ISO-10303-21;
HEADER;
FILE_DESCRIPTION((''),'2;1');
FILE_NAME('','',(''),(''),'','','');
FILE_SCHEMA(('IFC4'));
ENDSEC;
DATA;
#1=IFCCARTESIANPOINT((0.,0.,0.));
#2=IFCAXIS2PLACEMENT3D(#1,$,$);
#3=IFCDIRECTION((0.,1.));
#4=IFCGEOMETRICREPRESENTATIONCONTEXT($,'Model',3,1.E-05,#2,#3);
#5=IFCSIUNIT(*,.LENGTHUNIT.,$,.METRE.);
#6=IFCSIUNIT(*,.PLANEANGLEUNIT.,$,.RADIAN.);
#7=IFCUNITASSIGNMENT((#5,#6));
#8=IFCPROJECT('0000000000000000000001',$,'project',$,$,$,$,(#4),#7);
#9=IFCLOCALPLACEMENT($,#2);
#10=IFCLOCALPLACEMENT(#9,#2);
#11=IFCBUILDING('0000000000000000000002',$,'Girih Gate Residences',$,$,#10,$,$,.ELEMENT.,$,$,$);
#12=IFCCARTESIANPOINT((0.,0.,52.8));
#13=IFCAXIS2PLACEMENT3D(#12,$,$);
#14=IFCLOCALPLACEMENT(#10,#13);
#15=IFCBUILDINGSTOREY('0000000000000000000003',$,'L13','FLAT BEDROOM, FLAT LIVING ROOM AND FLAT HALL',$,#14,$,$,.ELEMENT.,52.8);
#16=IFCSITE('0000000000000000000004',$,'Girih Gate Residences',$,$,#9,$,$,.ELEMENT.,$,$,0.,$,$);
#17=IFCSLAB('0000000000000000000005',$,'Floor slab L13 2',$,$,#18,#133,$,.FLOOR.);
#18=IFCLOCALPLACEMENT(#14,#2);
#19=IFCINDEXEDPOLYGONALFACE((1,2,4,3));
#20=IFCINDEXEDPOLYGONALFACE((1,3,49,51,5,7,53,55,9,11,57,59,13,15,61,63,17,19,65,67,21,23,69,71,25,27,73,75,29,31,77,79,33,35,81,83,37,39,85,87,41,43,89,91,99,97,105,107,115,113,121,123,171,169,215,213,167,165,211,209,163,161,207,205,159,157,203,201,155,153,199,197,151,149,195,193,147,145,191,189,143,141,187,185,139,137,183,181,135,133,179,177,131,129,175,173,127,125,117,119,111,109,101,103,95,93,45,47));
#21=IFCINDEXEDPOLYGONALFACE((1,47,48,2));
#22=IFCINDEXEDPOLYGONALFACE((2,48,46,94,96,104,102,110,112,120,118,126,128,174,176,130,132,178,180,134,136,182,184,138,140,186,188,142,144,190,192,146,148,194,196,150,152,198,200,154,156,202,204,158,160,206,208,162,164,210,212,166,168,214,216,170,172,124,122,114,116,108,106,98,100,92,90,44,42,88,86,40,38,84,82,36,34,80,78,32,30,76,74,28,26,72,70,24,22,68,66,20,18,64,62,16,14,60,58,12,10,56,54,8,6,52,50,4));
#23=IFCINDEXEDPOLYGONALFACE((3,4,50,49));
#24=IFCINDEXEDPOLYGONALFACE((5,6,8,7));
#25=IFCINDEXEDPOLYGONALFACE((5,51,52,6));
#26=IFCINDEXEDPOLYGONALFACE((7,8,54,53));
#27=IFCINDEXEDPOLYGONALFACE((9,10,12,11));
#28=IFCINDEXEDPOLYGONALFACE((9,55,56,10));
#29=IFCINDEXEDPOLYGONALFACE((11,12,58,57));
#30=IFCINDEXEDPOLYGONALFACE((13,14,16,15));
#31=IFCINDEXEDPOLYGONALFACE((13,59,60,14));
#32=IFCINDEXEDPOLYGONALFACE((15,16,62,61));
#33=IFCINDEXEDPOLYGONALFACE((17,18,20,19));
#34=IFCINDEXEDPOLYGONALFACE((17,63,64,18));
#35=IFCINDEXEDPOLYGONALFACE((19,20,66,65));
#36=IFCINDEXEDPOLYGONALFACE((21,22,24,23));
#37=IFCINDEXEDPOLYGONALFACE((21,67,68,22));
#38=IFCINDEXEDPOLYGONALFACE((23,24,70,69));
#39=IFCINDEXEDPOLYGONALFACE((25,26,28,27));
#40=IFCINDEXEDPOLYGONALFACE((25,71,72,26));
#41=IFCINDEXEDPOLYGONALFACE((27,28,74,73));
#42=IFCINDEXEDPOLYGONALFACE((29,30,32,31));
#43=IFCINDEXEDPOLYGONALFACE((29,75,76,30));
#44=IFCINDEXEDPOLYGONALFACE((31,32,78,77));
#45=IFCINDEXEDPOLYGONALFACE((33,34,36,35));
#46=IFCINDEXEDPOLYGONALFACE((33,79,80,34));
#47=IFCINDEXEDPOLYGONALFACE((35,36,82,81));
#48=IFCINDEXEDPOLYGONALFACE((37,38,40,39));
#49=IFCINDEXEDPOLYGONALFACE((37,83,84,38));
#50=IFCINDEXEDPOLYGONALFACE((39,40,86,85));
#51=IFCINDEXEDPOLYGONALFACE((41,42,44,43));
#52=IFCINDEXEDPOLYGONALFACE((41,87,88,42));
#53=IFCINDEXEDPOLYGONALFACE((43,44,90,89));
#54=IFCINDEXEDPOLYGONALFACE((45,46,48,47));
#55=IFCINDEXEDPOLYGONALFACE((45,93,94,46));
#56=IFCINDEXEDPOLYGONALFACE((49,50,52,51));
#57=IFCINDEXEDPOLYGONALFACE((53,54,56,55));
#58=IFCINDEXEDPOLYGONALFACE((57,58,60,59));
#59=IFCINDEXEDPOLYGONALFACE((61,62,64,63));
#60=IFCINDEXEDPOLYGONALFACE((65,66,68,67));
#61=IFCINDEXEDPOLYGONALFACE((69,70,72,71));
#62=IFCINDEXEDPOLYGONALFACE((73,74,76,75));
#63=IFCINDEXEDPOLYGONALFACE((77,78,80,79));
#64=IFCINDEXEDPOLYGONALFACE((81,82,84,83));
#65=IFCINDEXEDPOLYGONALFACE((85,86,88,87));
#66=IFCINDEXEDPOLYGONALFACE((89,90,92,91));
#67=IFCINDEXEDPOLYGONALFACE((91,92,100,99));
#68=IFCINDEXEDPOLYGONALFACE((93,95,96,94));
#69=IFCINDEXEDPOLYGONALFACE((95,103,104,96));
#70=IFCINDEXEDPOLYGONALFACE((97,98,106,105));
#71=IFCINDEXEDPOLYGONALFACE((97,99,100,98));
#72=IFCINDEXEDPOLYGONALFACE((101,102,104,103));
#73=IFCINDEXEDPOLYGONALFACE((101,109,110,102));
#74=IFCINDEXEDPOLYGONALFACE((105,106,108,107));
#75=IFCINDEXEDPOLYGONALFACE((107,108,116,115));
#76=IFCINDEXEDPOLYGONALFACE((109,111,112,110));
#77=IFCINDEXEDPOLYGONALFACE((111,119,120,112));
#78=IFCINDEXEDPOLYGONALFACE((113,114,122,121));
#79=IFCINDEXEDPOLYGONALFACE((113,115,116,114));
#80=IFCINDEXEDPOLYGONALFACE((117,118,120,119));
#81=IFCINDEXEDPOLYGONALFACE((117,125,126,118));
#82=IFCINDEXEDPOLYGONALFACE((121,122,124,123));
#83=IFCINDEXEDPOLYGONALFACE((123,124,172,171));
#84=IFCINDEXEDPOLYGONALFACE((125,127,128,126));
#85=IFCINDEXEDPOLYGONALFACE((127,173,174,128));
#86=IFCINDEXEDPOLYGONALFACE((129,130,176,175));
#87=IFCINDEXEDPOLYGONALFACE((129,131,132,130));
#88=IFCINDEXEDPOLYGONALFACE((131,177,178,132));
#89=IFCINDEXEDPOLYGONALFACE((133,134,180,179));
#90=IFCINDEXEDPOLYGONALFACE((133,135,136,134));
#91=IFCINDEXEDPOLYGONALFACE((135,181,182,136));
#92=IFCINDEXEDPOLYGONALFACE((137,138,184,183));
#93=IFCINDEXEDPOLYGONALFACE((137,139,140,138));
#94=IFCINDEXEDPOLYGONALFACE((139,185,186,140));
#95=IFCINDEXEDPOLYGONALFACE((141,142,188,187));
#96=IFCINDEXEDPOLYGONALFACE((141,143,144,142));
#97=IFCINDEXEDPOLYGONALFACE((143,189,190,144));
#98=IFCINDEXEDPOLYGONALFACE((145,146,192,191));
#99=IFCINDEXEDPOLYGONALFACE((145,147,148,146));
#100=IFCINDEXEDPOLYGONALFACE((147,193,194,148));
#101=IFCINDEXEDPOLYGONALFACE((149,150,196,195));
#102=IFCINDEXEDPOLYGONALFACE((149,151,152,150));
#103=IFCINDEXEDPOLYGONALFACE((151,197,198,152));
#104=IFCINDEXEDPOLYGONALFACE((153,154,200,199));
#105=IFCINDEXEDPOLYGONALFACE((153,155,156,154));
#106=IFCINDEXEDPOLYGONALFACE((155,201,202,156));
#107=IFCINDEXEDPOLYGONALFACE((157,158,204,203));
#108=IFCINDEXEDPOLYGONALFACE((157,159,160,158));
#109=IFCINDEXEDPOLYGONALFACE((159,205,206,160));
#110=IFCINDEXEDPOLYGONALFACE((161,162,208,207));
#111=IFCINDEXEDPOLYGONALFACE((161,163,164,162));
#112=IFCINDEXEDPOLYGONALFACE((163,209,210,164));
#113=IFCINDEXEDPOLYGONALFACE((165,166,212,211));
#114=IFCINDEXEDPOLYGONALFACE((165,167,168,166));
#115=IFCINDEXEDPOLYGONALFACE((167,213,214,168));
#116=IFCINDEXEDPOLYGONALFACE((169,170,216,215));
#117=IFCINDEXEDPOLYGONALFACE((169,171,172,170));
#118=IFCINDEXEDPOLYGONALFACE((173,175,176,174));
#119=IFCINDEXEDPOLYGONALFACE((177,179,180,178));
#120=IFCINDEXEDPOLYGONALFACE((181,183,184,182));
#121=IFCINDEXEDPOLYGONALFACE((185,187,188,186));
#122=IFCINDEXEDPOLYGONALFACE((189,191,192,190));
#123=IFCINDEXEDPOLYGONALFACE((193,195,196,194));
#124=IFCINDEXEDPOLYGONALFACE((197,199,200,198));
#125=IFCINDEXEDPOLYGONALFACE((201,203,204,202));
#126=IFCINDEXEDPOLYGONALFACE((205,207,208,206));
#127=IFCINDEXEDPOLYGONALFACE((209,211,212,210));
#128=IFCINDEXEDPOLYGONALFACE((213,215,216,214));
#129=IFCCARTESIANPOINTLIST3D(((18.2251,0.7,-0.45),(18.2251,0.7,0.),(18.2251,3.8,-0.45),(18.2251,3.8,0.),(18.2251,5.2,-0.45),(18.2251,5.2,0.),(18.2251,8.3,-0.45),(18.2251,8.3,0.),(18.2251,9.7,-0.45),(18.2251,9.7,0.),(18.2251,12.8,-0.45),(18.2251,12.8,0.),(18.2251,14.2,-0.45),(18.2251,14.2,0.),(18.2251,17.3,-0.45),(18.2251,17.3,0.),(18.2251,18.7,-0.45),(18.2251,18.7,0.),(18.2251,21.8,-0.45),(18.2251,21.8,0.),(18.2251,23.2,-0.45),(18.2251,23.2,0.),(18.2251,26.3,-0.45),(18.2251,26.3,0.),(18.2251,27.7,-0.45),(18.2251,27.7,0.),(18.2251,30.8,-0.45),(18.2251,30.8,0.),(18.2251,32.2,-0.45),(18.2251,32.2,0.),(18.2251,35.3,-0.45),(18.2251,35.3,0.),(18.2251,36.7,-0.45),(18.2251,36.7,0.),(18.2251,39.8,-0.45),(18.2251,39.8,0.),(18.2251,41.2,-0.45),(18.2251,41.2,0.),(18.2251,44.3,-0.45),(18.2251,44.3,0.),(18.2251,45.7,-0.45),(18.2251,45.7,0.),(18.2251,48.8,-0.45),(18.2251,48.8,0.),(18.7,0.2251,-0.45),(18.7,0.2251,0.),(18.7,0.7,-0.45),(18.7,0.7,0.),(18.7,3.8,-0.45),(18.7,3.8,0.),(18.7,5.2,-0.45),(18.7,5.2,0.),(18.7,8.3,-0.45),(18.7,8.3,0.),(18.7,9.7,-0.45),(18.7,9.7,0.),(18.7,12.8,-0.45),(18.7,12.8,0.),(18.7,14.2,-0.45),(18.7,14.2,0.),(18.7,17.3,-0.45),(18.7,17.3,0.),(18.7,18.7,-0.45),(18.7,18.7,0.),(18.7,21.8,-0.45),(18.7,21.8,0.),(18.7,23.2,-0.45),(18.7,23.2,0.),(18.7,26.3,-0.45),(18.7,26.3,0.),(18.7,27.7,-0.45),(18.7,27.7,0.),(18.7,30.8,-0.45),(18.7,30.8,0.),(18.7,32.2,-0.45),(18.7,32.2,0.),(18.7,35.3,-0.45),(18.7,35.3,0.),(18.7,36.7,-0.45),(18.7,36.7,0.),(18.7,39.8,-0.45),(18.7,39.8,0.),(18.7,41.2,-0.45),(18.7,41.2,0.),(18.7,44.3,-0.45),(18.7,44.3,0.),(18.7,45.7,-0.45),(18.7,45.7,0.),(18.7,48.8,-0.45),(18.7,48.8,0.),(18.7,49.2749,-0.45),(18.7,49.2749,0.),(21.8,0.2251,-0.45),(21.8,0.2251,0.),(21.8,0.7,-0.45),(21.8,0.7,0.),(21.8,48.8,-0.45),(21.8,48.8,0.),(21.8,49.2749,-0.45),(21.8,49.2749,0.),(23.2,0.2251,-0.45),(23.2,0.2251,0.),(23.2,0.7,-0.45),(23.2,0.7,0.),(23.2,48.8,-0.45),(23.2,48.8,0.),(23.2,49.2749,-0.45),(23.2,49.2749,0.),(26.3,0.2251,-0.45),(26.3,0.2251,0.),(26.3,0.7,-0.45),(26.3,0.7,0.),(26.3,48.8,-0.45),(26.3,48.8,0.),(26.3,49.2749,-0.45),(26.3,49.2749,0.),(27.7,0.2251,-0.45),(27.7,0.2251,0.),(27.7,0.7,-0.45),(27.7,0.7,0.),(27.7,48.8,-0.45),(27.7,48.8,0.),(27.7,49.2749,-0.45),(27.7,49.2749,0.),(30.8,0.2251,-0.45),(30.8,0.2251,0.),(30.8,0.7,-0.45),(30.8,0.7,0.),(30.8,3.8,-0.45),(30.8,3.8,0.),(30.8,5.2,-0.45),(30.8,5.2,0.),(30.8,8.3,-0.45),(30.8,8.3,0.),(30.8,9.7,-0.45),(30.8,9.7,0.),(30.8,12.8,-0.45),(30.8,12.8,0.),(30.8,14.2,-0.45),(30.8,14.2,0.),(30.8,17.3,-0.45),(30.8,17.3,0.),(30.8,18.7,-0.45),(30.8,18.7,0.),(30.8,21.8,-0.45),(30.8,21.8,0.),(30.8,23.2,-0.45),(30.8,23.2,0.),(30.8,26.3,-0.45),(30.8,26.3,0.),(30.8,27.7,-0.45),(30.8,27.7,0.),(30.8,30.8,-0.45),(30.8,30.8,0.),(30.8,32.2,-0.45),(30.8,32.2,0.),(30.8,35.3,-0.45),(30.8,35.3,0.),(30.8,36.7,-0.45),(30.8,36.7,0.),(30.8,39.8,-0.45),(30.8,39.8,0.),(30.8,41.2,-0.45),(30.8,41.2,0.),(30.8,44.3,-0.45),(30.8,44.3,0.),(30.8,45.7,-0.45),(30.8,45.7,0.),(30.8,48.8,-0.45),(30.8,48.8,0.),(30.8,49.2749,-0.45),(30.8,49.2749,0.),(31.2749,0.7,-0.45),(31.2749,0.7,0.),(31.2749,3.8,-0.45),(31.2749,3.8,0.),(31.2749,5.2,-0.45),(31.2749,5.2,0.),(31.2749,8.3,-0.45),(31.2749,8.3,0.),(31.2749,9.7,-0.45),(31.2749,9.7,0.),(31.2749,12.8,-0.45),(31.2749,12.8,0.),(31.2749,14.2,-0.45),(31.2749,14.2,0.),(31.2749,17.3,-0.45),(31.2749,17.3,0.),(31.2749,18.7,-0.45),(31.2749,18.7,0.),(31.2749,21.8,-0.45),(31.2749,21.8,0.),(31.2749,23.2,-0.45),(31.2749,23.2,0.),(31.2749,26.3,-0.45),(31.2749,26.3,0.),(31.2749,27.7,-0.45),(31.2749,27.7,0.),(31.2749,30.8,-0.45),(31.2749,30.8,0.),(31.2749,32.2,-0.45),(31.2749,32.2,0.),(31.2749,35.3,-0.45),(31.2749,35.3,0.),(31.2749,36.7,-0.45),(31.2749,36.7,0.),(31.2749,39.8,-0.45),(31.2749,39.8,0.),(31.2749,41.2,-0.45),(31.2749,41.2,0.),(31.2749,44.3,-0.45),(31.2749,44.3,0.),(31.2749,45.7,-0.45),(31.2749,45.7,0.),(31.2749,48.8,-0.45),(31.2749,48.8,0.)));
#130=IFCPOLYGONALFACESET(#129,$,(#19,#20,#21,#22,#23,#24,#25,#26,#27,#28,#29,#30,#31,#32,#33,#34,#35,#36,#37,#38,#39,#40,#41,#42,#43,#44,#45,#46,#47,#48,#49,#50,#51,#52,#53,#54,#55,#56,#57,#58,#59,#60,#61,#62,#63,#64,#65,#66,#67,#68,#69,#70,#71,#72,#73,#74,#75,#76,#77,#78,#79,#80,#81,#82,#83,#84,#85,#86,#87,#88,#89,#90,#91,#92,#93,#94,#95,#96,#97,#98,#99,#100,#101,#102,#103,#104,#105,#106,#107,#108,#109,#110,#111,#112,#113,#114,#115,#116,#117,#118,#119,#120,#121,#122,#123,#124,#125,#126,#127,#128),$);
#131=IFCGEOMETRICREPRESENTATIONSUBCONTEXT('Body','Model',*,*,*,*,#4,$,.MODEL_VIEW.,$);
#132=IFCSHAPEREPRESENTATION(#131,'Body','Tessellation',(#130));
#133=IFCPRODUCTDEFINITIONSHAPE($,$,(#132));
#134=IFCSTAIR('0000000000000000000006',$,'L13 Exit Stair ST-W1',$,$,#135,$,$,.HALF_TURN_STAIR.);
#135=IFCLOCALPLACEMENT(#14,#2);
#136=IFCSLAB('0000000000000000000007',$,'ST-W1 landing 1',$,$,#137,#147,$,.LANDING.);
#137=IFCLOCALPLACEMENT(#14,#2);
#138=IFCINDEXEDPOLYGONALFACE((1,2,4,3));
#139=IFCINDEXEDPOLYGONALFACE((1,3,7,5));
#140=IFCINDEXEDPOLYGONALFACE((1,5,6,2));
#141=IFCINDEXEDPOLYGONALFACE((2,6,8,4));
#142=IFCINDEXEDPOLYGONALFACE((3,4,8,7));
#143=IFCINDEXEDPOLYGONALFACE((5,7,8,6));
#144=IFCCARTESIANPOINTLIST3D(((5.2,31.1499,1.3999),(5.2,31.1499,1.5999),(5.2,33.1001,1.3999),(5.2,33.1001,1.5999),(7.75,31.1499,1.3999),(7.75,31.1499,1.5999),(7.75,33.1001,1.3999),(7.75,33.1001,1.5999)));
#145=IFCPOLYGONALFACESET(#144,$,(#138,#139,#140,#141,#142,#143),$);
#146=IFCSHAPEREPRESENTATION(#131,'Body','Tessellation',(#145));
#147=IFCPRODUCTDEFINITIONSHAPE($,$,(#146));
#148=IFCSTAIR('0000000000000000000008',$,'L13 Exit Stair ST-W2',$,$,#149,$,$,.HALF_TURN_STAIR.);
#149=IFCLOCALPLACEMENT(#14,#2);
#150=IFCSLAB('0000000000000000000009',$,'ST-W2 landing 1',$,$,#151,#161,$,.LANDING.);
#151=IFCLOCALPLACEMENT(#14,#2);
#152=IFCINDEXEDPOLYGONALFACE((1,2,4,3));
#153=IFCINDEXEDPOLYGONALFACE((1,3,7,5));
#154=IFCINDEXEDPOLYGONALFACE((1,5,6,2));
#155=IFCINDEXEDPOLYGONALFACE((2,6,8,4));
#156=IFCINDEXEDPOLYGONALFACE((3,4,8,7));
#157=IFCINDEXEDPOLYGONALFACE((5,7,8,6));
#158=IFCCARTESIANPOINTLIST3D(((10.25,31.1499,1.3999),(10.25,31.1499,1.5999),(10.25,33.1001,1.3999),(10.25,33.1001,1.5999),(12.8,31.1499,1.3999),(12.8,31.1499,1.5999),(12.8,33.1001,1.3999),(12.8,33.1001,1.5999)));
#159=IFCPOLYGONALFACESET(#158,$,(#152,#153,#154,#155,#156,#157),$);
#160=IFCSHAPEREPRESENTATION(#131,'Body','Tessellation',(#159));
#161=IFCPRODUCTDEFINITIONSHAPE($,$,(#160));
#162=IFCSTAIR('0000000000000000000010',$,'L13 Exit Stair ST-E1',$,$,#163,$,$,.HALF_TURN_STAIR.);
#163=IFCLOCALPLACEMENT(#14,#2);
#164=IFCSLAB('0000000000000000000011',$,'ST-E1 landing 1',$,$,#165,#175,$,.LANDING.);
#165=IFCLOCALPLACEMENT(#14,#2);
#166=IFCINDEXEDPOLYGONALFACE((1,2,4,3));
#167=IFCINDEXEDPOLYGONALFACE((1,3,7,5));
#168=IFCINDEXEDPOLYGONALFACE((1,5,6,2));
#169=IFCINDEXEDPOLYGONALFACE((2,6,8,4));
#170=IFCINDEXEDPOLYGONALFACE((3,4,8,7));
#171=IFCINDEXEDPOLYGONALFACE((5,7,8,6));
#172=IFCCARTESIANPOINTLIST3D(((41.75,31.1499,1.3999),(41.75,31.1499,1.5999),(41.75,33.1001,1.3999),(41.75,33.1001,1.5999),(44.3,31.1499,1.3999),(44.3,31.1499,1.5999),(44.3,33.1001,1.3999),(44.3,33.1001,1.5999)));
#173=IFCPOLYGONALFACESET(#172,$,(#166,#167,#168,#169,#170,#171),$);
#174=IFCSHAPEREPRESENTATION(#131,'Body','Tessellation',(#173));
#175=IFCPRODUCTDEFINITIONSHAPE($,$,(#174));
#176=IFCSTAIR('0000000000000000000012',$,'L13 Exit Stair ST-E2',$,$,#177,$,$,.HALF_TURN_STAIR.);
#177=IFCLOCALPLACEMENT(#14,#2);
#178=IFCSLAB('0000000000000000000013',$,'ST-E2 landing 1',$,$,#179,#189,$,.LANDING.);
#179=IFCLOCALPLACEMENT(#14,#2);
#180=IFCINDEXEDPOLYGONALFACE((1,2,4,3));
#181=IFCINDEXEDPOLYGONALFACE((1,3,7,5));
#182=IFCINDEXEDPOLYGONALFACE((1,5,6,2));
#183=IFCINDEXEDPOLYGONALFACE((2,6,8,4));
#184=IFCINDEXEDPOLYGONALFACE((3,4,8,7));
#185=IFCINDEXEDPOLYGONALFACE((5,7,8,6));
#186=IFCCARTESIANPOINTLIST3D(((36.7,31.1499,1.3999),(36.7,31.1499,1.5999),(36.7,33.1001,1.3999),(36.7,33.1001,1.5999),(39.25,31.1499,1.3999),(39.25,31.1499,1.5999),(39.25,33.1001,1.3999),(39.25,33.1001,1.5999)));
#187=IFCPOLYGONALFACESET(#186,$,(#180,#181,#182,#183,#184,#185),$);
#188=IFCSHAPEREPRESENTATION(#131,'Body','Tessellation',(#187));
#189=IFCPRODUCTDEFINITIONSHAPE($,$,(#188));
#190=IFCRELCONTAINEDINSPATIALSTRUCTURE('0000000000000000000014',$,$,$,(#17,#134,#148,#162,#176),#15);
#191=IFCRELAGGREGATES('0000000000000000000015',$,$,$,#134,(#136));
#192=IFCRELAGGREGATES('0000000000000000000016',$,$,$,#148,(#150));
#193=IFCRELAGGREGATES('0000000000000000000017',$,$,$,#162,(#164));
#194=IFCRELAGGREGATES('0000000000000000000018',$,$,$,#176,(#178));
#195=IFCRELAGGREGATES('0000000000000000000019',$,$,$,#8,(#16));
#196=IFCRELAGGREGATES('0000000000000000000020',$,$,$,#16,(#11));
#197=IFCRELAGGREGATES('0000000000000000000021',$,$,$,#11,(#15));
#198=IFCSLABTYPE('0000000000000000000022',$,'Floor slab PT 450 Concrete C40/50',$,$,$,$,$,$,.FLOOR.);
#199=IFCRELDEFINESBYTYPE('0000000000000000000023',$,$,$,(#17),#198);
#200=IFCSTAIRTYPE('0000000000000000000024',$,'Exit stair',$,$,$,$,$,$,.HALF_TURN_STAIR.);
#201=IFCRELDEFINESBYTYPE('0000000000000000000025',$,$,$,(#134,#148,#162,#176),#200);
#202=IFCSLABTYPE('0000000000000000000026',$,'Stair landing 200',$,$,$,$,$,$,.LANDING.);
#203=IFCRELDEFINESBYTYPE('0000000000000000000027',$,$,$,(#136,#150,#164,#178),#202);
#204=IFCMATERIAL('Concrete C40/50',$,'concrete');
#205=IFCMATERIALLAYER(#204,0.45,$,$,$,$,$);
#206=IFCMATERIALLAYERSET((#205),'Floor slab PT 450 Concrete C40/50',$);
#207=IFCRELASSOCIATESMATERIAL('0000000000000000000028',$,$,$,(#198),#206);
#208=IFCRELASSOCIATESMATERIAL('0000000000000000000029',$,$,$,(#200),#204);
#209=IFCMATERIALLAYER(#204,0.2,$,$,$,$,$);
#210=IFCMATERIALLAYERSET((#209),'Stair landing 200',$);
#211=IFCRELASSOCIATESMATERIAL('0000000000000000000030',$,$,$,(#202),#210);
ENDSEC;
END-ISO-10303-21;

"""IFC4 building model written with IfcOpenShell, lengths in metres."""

from ifc_helpers import new_model, si_unit, direction, frame, origin, place, context, subcontext, project, spatial, polyline, outline, extrude, material, layer, layer_set, type_object, element, aggregate, save


model = new_model("IFC4")

# Units and contexts
model_context = context("Model", 3, precision=1e-05, world=origin(), true_north=direction((0.0, 1.0)))
body_context = subcontext(model_context, "Body", "Model", "MODEL_VIEW")
ifc_project = project(units=[si_unit("LENGTHUNIT", "METRE"), si_unit("PLANEANGLEUNIT", "RADIAN")], contexts=[model_context])

# Site, building, storey
site_placement = place(None, origin())
site = spatial("IfcSite", under=ifc_project, at=site_placement, Name="Girih Gate Residences", CompositionType="ELEMENT", RefElevation=0.0)
building_placement = place(site_placement, origin())
building = spatial("IfcBuilding", under=site, at=building_placement, Name="Girih Gate Residences", CompositionType="ELEMENT")
storey_placement = place(building_placement, frame((0.0, 0.0, 52.8)))
storey = spatial("IfcBuildingStorey", under=building, at=storey_placement, Name="L13", Description="FLAT BEDROOM, FLAT LIVING ROOM AND FLAT HALL", CompositionType="ELEMENT", Elevation=52.8)

# Slab
ifc_material_1 = material(Name="Concrete C40/50", Category="concrete")
ifc_layer_1 = layer(ifc_material_1, 0.45)
ifc_layer_set_1 = layer_set([ifc_layer_1], Name="Floor slab PT 450 Concrete C40/50")
slab_type_1 = type_object("IfcSlabType", Name="Floor slab PT 450 Concrete C40/50", PredefinedType="FLOOR", material=ifc_layer_set_1)
slab_1_placement = place(storey_placement, frame((0.0, 0.0, -0.45)))
element("IfcSlab", 1, at=slab_1_placement, inside=storey, type_object=slab_type_1, Name="Floor slab L13 2", PredefinedType="FLOOR", context=body_context, shape_type="SweptSolid", body=[
    extrude(outline(polyline([(21.8, 49.2749), (18.7, 49.2749), (18.7, 48.8), (18.2251, 48.8), (18.2251, 45.7), (18.7, 45.7), (18.7, 44.3), (18.2251, 44.3), (18.2251, 41.2), (18.7, 41.2), (18.7, 39.8), (18.2251, 39.8), (18.2251, 36.7), (18.7, 36.7), (18.7, 35.3), (18.2251, 35.3), (18.2251, 32.2), (18.7, 32.2), (18.7, 30.8), (18.2251, 30.8), (18.2251, 27.7), (18.7, 27.7), (18.7, 26.3), (18.2251, 26.3), (18.2251, 23.2), (18.7, 23.2), (18.7, 21.8), (18.2251, 21.8), (18.2251, 18.7), (18.7, 18.7), (18.7, 17.3), (18.2251, 17.3), (18.2251, 14.2), (18.7, 14.2), (18.7, 12.8), (18.2251, 12.8), (18.2251, 9.7), (18.7, 9.7), (18.7, 8.3), (18.2251, 8.3), (18.2251, 5.2), (18.7, 5.2), (18.7, 3.8), (18.2251, 3.8), (18.2251, 0.7), (18.7, 0.7), (18.7, 0.2251), (21.8, 0.2251), (21.8, 0.7), (23.2, 0.7), (23.2, 0.2251), (26.3, 0.2251), (26.3, 0.7), (27.7, 0.7), (27.7, 0.2251), (30.8, 0.2251), (30.8, 0.7), (31.2749, 0.7), (31.2749, 3.8), (30.8, 3.8), (30.8, 5.2), (31.2749, 5.2), (31.2749, 8.3), (30.8, 8.3), (30.8, 9.7), (31.2749, 9.7), (31.2749, 12.8), (30.8, 12.8), (30.8, 14.2), (31.2749, 14.2), (31.2749, 17.3), (30.8, 17.3), (30.8, 18.7), (31.2749, 18.7), (31.2749, 21.8), (30.8, 21.8), (30.8, 23.2), (31.2749, 23.2), (31.2749, 26.3), (30.8, 26.3), (30.8, 27.7), (31.2749, 27.7), (31.2749, 30.8), (30.8, 30.8), (30.8, 32.2), (31.2749, 32.2), (31.2749, 35.3), (30.8, 35.3), (30.8, 36.7), (31.2749, 36.7), (31.2749, 39.8), (30.8, 39.8), (30.8, 41.2), (31.2749, 41.2), (31.2749, 44.3), (30.8, 44.3), (30.8, 45.7), (31.2749, 45.7), (31.2749, 48.8), (30.8, 48.8), (30.8, 49.2749), (27.7, 49.2749), (27.7, 48.8), (26.3, 48.8), (26.3, 49.2749), (23.2, 49.2749), (23.2, 48.8), (21.8, 48.8), (21.8, 49.2749)])), origin(), (0.0, 0.0, 1.0), 0.45),
])

# Stairs, slabs
stair_type = type_object("IfcStairType", Name="Exit stair", PredefinedType="HALF_TURN_STAIR", material=ifc_material_1)
stair_1_placement = place(storey_placement, origin())
stair_1 = element("IfcStair", 2, at=stair_1_placement, inside=storey, type_object=stair_type, Name="L13 Exit Stair ST-W1", PredefinedType="HALF_TURN_STAIR")
ifc_layer_2 = layer(ifc_material_1, 0.2)
ifc_layer_set_2 = layer_set([ifc_layer_2], Name="Stair landing 200")
slab_type_2 = type_object("IfcSlabType", Name="Stair landing 200", PredefinedType="LANDING", material=ifc_layer_set_2)
slab_2_placement = place(storey_placement, frame((0.0, 0.0, 1.3999)))
slab_2 = element("IfcSlab", 3, at=slab_2_placement, type_object=slab_type_2, Name="ST-W1 landing 1", PredefinedType="LANDING", context=body_context, shape_type="SweptSolid", body=[
    extrude(outline(polyline([(7.75, 31.1499), (7.75, 33.1001), (5.2, 33.1001), (5.2, 31.1499), (7.75, 31.1499)])), origin(), (0.0, 0.0, 1.0), 0.2),
])
aggregate(stair_1, [slab_2])
stair_2_placement = place(storey_placement, origin())
stair_2 = element("IfcStair", 4, at=stair_2_placement, inside=storey, type_object=stair_type, Name="L13 Exit Stair ST-W2", PredefinedType="HALF_TURN_STAIR")
slab_3_placement = place(storey_placement, frame((0.0, 0.0, 1.3999)))
slab_3 = element("IfcSlab", 5, at=slab_3_placement, type_object=slab_type_2, Name="ST-W2 landing 1", PredefinedType="LANDING", context=body_context, shape_type="SweptSolid", body=[
    extrude(outline(polyline([(12.8, 31.1499), (12.8, 33.1001), (10.25, 33.1001), (10.25, 31.1499), (12.8, 31.1499)])), origin(), (0.0, 0.0, 1.0), 0.2),
])
aggregate(stair_2, [slab_3])
stair_3_placement = place(storey_placement, origin())
stair_3 = element("IfcStair", 6, at=stair_3_placement, inside=storey, type_object=stair_type, Name="L13 Exit Stair ST-E1", PredefinedType="HALF_TURN_STAIR")
slab_4_placement = place(storey_placement, frame((0.0, 0.0, 1.3999)))
slab_4 = element("IfcSlab", 7, at=slab_4_placement, type_object=slab_type_2, Name="ST-E1 landing 1", PredefinedType="LANDING", context=body_context, shape_type="SweptSolid", body=[
    extrude(outline(polyline([(44.3, 31.1499), (44.3, 33.1001), (41.75, 33.1001), (41.75, 31.1499), (44.3, 31.1499)])), origin(), (0.0, 0.0, 1.0), 0.2),
])
aggregate(stair_3, [slab_4])
stair_4_placement = place(storey_placement, origin())
stair_4 = element("IfcStair", 8, at=stair_4_placement, inside=storey, type_object=stair_type, Name="L13 Exit Stair ST-E2", PredefinedType="HALF_TURN_STAIR")
slab_5_placement = place(storey_placement, frame((0.0, 0.0, 1.3999)))
slab_5 = element("IfcSlab", 9, at=slab_5_placement, type_object=slab_type_2, Name="ST-E2 landing 1", PredefinedType="LANDING", context=body_context, shape_type="SweptSolid", body=[
    extrude(outline(polyline([(39.25, 31.1499), (39.25, 33.1001), (36.7, 33.1001), (36.7, 31.1499), (39.25, 31.1499)])), origin(), (0.0, 0.0, 1.0), 0.2),
])
aggregate(stair_4, [slab_5])

save(model, "model.ifc")
